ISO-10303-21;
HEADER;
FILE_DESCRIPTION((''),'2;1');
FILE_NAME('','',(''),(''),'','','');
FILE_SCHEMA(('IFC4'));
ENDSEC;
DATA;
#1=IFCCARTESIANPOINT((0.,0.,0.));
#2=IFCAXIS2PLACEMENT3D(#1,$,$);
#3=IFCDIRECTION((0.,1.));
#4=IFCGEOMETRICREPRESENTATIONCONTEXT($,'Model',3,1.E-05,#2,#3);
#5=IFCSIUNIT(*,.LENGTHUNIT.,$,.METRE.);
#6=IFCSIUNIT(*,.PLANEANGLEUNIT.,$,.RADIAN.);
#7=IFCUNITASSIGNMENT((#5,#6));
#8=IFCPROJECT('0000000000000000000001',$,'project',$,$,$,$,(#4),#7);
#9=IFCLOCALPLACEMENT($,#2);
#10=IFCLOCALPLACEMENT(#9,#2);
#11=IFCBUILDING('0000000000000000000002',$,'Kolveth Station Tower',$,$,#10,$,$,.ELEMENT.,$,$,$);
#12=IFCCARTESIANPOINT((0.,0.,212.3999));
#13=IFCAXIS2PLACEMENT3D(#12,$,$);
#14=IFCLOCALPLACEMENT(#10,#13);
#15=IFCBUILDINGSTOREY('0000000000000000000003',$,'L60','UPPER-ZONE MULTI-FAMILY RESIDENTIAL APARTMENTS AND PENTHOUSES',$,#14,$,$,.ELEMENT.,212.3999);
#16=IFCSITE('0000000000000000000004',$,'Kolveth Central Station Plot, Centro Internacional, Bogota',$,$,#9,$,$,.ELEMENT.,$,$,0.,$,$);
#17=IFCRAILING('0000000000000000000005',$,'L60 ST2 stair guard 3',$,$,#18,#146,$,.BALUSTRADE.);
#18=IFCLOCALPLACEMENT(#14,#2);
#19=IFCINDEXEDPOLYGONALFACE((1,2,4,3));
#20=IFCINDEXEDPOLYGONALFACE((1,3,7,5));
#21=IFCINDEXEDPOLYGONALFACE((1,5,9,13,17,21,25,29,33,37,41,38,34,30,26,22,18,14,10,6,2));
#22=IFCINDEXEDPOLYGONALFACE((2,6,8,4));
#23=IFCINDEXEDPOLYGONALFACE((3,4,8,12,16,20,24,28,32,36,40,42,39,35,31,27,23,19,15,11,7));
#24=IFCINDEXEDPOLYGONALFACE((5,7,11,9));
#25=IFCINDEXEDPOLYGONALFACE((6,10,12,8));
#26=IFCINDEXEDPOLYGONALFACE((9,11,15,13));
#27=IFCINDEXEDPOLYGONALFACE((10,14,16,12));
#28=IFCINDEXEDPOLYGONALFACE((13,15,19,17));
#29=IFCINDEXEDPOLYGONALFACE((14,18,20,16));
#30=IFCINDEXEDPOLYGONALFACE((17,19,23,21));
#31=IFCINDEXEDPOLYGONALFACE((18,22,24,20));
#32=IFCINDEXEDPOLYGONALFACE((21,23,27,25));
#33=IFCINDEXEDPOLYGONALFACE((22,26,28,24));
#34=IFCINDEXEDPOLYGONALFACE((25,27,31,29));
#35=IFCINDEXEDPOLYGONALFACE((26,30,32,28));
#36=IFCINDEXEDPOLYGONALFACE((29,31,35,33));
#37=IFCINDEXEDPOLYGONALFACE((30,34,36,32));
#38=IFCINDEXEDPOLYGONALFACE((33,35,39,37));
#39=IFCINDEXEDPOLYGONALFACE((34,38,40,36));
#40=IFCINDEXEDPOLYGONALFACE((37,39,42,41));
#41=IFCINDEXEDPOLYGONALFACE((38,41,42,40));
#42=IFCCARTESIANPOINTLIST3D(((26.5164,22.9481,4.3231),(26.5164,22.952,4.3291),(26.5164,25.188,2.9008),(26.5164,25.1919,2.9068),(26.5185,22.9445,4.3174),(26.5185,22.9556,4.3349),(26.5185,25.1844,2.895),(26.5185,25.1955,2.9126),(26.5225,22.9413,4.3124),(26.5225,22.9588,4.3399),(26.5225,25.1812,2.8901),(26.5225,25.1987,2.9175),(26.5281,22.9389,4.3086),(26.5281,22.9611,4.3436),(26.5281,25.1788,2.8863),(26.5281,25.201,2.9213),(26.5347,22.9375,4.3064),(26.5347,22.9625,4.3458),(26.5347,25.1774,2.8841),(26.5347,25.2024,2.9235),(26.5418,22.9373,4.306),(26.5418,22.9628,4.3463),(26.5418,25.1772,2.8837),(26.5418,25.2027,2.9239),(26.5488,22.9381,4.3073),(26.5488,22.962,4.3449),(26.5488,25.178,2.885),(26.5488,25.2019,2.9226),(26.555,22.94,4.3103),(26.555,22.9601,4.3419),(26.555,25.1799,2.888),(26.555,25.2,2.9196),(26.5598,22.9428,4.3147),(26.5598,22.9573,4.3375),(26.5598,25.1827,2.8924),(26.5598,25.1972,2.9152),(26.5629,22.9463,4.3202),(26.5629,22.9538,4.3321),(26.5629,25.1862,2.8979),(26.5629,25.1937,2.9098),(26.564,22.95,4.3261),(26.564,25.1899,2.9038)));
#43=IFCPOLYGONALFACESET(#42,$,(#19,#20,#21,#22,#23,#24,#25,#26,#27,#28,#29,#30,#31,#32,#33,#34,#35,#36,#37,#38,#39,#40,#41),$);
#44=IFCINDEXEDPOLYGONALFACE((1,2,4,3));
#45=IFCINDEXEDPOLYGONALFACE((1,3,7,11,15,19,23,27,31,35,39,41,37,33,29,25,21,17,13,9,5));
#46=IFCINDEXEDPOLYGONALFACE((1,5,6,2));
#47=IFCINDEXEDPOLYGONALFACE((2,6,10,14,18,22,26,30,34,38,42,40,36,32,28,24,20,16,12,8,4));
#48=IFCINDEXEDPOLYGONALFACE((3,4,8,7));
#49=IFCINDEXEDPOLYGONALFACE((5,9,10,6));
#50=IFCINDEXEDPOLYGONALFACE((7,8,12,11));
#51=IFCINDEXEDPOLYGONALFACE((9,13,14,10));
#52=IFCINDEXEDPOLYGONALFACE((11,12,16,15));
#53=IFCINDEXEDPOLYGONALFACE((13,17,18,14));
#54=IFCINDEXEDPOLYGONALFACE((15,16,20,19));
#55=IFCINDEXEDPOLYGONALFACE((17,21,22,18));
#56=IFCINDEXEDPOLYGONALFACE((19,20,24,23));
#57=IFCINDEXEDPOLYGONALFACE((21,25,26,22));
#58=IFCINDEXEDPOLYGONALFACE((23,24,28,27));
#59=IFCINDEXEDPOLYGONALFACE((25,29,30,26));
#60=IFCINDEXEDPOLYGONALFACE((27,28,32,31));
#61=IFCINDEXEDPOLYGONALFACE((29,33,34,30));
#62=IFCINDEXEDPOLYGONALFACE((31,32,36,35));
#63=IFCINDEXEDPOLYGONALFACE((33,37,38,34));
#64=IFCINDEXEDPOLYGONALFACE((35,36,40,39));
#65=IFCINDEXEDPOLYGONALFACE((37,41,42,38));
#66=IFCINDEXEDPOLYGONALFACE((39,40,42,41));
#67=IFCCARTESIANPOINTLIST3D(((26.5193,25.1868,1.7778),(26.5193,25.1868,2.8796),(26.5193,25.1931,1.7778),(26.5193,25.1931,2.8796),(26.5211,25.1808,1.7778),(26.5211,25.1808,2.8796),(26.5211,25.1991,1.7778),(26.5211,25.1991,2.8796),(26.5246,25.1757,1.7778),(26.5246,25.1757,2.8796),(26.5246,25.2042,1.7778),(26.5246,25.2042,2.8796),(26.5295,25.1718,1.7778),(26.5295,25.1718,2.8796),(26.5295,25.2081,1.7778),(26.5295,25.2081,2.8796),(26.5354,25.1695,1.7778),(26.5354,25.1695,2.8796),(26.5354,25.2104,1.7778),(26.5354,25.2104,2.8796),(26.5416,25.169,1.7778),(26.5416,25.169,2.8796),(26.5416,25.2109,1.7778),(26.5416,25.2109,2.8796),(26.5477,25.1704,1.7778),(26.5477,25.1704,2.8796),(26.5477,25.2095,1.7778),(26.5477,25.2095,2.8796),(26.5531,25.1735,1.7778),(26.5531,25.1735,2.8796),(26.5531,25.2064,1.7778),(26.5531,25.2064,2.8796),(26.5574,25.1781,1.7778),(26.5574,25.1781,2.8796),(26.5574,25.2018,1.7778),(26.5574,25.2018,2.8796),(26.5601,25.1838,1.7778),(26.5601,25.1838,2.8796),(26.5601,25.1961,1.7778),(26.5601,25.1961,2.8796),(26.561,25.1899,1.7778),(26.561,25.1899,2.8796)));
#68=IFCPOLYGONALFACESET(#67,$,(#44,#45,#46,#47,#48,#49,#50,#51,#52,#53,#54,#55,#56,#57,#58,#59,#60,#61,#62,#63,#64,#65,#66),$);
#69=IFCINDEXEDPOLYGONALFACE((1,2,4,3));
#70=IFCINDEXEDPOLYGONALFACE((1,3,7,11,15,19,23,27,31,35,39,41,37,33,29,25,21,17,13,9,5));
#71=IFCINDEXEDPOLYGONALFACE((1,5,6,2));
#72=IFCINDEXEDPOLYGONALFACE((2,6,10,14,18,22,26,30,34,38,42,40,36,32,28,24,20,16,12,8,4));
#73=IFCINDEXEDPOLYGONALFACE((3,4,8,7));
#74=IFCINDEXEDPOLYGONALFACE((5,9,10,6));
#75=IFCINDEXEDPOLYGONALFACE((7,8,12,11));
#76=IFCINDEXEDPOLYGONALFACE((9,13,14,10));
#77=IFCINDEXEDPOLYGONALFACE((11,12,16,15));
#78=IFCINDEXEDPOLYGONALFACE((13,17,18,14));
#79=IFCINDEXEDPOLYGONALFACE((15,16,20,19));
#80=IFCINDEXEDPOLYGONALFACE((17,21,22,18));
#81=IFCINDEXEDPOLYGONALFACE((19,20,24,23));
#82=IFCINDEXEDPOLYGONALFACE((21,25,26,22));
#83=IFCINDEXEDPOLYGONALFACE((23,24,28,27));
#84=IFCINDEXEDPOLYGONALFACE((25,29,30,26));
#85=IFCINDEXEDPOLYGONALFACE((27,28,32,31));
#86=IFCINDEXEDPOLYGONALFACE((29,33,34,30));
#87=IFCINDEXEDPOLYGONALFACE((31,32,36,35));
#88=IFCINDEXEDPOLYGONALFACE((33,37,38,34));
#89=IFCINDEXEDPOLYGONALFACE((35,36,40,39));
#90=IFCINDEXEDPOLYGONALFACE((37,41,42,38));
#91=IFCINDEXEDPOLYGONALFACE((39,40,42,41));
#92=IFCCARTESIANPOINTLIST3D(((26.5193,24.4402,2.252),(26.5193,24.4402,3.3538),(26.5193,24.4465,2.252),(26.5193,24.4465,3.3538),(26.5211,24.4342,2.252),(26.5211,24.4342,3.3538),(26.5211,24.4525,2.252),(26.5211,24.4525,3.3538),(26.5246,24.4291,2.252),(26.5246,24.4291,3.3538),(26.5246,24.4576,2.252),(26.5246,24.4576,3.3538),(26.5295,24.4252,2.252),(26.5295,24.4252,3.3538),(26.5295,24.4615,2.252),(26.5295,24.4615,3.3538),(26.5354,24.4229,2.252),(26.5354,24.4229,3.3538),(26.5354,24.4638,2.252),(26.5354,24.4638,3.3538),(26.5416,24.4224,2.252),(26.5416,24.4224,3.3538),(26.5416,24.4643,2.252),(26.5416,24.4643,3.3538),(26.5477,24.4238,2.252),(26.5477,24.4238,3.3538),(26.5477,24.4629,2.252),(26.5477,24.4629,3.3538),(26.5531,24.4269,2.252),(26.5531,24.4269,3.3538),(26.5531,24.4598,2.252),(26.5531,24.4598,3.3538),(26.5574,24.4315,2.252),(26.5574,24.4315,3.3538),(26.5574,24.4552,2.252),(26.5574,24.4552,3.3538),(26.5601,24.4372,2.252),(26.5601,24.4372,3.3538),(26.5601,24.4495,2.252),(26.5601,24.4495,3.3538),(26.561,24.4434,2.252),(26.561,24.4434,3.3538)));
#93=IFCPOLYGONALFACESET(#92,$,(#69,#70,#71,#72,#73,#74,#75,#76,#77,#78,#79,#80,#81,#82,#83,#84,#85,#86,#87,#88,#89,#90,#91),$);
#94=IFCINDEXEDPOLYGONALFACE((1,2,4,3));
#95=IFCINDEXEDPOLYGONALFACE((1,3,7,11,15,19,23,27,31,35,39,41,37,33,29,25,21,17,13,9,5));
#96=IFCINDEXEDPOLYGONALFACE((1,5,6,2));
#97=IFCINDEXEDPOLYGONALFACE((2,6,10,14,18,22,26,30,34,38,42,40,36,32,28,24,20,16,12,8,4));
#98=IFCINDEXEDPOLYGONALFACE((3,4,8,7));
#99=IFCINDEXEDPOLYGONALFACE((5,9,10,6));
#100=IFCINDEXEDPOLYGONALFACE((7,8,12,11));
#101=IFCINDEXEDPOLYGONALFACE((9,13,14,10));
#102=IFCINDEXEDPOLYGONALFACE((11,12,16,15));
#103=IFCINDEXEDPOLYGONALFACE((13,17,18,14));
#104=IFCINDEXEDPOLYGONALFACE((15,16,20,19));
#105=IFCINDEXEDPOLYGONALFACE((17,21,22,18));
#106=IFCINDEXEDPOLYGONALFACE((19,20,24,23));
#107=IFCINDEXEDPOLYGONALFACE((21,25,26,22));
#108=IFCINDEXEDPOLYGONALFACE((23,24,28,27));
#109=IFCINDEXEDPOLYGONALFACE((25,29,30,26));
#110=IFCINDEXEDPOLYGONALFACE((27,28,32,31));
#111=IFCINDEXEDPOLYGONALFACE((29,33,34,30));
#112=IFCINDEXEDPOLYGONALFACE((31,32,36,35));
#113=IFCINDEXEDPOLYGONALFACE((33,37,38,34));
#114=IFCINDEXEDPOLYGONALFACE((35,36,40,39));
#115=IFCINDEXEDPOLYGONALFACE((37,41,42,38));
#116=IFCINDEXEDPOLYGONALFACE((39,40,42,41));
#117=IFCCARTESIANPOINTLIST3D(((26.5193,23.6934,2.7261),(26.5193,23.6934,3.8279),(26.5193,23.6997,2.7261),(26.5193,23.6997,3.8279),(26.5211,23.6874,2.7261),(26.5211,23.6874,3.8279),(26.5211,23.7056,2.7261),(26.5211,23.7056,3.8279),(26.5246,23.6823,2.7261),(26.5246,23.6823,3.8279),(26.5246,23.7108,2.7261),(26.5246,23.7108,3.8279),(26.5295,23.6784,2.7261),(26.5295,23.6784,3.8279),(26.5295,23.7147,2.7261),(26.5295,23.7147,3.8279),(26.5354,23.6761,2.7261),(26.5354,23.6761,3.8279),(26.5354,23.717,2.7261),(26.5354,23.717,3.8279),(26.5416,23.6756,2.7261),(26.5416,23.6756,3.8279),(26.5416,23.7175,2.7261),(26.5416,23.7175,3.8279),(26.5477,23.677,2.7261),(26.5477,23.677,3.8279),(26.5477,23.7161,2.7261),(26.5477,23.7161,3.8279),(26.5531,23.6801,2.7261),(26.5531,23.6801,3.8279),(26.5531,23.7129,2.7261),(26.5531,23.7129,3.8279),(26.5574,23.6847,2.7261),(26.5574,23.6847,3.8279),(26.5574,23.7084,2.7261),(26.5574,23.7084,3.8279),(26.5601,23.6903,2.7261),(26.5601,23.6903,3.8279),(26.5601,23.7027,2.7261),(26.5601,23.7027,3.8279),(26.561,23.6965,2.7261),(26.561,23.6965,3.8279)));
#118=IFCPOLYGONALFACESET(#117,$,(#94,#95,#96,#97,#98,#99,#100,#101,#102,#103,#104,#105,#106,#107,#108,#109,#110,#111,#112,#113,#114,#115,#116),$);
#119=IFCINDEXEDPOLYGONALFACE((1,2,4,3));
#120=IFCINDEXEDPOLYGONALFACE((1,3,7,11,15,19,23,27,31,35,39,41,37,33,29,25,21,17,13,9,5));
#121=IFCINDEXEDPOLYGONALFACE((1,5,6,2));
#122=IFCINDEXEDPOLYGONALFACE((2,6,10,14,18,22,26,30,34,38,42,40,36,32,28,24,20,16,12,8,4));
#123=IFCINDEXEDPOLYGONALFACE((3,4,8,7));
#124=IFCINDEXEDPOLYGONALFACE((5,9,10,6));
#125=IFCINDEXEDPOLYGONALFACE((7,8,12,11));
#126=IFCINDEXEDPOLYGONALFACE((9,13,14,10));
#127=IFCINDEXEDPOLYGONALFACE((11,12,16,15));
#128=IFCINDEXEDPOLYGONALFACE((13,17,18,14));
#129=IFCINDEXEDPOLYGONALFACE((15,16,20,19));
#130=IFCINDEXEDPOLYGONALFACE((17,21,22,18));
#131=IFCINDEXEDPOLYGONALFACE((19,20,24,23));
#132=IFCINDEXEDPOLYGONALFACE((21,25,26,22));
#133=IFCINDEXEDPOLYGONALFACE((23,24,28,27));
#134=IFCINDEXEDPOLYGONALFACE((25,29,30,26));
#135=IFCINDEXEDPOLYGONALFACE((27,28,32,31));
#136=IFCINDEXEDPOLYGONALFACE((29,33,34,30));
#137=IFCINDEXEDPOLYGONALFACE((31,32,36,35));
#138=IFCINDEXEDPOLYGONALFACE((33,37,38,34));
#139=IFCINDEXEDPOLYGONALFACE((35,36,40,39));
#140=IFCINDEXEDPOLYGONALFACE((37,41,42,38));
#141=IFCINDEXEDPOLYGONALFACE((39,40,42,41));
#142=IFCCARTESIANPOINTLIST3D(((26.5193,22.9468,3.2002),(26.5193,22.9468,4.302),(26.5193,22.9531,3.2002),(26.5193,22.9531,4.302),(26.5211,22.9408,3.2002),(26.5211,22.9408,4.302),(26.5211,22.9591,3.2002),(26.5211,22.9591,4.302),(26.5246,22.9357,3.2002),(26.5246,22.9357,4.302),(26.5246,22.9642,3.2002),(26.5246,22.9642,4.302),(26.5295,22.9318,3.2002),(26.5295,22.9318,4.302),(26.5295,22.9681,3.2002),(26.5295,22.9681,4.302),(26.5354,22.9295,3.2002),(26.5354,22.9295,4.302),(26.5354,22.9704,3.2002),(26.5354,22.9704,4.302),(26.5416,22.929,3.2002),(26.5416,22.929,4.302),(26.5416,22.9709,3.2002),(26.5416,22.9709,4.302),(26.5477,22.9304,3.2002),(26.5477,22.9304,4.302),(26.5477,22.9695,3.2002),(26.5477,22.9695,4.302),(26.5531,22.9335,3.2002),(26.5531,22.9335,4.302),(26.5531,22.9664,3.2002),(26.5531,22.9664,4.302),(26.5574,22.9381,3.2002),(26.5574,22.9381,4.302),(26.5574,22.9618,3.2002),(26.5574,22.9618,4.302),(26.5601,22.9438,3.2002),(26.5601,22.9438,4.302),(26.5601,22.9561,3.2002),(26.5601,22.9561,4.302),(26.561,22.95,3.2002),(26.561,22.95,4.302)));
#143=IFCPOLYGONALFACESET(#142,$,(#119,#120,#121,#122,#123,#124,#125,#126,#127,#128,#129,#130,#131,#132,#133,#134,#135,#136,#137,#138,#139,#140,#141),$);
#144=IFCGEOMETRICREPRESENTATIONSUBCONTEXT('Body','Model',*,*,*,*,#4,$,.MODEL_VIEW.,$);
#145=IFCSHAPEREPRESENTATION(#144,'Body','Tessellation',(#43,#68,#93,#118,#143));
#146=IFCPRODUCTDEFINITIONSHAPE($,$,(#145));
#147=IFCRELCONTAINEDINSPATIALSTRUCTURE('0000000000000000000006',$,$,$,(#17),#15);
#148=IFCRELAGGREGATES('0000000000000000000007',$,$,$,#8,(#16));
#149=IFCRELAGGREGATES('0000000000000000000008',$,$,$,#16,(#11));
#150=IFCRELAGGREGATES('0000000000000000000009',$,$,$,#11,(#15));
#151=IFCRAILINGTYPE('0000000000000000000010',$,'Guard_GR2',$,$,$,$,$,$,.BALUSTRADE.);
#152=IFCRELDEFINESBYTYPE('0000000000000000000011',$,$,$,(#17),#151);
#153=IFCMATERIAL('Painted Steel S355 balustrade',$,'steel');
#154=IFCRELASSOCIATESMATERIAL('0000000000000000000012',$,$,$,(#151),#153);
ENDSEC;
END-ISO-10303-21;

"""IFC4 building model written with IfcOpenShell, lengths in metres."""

from ifc_helpers import new_model, si_unit, direction, frame, origin, origin_2d, place, context, subcontext, project, spatial, circle, extrude, material, type_object, element, save


model = new_model("IFC4")

# Units and contexts
model_context = context("Model", 3, precision=1e-05, world=origin(), true_north=direction((0.0, 1.0)))
body_context = subcontext(model_context, "Body", "Model", "MODEL_VIEW")
ifc_project = project(units=[si_unit("LENGTHUNIT", "METRE"), si_unit("PLANEANGLEUNIT", "RADIAN")], contexts=[model_context])

# Site, building, storey
site_placement = place(None, origin())
site = spatial("IfcSite", under=ifc_project, at=site_placement, Name="Kolveth Central Station Plot, Centro Internacional, Bogota", CompositionType="ELEMENT", RefElevation=0.0)
building_placement = place(site_placement, origin())
building = spatial("IfcBuilding", under=site, at=building_placement, Name="Kolveth Station Tower", CompositionType="ELEMENT")
storey_placement = place(building_placement, frame((0.0, 0.0, 212.3999)))
storey = spatial("IfcBuildingStorey", under=building, at=storey_placement, Name="L60", Description="UPPER-ZONE MULTI-FAMILY RESIDENTIAL APARTMENTS AND PENTHOUSES", CompositionType="ELEMENT", Elevation=212.3999)

# Railing
ifc_material_1 = material(Name="Painted Steel S355 balustrade", Category="steel")
railing_type_1 = type_object("IfcRailingType", Name="Guard_GR2", PredefinedType="BALUSTRADE", material=ifc_material_1)
railing_1_placement = place(storey_placement, frame((26.54, 25.1899, 1.7778)))
element("IfcRailing", 1, at=railing_1_placement, inside=storey, type_object=railing_type_1, Name="L60 ST2 stair guard 3", PredefinedType="BALUSTRADE", context=body_context, shape_type="SweptSolid", body=[
    extrude(circle(Radius=0.0239, at=origin_2d()), frame((0.0, 0.0, 1.126), z_axis=(0.0, -0.844188, 0.536048), x_axis=(1.0, 0.0, 0.0)), (0.0, 0.0, 1.0), 2.6533),
    extrude(circle(Radius=0.021, at=origin_2d()), origin(), (0.0, 0.0, 1.0), 1.1018),
    extrude(circle(Radius=0.021, at=origin_2d()), frame((0.0, -0.7466, 0.4741)), (0.0, 0.0, 1.0), 1.1018),
    extrude(circle(Radius=0.021, at=origin_2d()), frame((0.0, -1.4934, 0.9482)), (0.0, 0.0, 1.0), 1.1018),
    extrude(circle(Radius=0.021, at=origin_2d()), frame((0.0, -2.24, 1.4224)), (0.0, 0.0, 1.0), 1.1018),
])

save(model, "model.ifc")
